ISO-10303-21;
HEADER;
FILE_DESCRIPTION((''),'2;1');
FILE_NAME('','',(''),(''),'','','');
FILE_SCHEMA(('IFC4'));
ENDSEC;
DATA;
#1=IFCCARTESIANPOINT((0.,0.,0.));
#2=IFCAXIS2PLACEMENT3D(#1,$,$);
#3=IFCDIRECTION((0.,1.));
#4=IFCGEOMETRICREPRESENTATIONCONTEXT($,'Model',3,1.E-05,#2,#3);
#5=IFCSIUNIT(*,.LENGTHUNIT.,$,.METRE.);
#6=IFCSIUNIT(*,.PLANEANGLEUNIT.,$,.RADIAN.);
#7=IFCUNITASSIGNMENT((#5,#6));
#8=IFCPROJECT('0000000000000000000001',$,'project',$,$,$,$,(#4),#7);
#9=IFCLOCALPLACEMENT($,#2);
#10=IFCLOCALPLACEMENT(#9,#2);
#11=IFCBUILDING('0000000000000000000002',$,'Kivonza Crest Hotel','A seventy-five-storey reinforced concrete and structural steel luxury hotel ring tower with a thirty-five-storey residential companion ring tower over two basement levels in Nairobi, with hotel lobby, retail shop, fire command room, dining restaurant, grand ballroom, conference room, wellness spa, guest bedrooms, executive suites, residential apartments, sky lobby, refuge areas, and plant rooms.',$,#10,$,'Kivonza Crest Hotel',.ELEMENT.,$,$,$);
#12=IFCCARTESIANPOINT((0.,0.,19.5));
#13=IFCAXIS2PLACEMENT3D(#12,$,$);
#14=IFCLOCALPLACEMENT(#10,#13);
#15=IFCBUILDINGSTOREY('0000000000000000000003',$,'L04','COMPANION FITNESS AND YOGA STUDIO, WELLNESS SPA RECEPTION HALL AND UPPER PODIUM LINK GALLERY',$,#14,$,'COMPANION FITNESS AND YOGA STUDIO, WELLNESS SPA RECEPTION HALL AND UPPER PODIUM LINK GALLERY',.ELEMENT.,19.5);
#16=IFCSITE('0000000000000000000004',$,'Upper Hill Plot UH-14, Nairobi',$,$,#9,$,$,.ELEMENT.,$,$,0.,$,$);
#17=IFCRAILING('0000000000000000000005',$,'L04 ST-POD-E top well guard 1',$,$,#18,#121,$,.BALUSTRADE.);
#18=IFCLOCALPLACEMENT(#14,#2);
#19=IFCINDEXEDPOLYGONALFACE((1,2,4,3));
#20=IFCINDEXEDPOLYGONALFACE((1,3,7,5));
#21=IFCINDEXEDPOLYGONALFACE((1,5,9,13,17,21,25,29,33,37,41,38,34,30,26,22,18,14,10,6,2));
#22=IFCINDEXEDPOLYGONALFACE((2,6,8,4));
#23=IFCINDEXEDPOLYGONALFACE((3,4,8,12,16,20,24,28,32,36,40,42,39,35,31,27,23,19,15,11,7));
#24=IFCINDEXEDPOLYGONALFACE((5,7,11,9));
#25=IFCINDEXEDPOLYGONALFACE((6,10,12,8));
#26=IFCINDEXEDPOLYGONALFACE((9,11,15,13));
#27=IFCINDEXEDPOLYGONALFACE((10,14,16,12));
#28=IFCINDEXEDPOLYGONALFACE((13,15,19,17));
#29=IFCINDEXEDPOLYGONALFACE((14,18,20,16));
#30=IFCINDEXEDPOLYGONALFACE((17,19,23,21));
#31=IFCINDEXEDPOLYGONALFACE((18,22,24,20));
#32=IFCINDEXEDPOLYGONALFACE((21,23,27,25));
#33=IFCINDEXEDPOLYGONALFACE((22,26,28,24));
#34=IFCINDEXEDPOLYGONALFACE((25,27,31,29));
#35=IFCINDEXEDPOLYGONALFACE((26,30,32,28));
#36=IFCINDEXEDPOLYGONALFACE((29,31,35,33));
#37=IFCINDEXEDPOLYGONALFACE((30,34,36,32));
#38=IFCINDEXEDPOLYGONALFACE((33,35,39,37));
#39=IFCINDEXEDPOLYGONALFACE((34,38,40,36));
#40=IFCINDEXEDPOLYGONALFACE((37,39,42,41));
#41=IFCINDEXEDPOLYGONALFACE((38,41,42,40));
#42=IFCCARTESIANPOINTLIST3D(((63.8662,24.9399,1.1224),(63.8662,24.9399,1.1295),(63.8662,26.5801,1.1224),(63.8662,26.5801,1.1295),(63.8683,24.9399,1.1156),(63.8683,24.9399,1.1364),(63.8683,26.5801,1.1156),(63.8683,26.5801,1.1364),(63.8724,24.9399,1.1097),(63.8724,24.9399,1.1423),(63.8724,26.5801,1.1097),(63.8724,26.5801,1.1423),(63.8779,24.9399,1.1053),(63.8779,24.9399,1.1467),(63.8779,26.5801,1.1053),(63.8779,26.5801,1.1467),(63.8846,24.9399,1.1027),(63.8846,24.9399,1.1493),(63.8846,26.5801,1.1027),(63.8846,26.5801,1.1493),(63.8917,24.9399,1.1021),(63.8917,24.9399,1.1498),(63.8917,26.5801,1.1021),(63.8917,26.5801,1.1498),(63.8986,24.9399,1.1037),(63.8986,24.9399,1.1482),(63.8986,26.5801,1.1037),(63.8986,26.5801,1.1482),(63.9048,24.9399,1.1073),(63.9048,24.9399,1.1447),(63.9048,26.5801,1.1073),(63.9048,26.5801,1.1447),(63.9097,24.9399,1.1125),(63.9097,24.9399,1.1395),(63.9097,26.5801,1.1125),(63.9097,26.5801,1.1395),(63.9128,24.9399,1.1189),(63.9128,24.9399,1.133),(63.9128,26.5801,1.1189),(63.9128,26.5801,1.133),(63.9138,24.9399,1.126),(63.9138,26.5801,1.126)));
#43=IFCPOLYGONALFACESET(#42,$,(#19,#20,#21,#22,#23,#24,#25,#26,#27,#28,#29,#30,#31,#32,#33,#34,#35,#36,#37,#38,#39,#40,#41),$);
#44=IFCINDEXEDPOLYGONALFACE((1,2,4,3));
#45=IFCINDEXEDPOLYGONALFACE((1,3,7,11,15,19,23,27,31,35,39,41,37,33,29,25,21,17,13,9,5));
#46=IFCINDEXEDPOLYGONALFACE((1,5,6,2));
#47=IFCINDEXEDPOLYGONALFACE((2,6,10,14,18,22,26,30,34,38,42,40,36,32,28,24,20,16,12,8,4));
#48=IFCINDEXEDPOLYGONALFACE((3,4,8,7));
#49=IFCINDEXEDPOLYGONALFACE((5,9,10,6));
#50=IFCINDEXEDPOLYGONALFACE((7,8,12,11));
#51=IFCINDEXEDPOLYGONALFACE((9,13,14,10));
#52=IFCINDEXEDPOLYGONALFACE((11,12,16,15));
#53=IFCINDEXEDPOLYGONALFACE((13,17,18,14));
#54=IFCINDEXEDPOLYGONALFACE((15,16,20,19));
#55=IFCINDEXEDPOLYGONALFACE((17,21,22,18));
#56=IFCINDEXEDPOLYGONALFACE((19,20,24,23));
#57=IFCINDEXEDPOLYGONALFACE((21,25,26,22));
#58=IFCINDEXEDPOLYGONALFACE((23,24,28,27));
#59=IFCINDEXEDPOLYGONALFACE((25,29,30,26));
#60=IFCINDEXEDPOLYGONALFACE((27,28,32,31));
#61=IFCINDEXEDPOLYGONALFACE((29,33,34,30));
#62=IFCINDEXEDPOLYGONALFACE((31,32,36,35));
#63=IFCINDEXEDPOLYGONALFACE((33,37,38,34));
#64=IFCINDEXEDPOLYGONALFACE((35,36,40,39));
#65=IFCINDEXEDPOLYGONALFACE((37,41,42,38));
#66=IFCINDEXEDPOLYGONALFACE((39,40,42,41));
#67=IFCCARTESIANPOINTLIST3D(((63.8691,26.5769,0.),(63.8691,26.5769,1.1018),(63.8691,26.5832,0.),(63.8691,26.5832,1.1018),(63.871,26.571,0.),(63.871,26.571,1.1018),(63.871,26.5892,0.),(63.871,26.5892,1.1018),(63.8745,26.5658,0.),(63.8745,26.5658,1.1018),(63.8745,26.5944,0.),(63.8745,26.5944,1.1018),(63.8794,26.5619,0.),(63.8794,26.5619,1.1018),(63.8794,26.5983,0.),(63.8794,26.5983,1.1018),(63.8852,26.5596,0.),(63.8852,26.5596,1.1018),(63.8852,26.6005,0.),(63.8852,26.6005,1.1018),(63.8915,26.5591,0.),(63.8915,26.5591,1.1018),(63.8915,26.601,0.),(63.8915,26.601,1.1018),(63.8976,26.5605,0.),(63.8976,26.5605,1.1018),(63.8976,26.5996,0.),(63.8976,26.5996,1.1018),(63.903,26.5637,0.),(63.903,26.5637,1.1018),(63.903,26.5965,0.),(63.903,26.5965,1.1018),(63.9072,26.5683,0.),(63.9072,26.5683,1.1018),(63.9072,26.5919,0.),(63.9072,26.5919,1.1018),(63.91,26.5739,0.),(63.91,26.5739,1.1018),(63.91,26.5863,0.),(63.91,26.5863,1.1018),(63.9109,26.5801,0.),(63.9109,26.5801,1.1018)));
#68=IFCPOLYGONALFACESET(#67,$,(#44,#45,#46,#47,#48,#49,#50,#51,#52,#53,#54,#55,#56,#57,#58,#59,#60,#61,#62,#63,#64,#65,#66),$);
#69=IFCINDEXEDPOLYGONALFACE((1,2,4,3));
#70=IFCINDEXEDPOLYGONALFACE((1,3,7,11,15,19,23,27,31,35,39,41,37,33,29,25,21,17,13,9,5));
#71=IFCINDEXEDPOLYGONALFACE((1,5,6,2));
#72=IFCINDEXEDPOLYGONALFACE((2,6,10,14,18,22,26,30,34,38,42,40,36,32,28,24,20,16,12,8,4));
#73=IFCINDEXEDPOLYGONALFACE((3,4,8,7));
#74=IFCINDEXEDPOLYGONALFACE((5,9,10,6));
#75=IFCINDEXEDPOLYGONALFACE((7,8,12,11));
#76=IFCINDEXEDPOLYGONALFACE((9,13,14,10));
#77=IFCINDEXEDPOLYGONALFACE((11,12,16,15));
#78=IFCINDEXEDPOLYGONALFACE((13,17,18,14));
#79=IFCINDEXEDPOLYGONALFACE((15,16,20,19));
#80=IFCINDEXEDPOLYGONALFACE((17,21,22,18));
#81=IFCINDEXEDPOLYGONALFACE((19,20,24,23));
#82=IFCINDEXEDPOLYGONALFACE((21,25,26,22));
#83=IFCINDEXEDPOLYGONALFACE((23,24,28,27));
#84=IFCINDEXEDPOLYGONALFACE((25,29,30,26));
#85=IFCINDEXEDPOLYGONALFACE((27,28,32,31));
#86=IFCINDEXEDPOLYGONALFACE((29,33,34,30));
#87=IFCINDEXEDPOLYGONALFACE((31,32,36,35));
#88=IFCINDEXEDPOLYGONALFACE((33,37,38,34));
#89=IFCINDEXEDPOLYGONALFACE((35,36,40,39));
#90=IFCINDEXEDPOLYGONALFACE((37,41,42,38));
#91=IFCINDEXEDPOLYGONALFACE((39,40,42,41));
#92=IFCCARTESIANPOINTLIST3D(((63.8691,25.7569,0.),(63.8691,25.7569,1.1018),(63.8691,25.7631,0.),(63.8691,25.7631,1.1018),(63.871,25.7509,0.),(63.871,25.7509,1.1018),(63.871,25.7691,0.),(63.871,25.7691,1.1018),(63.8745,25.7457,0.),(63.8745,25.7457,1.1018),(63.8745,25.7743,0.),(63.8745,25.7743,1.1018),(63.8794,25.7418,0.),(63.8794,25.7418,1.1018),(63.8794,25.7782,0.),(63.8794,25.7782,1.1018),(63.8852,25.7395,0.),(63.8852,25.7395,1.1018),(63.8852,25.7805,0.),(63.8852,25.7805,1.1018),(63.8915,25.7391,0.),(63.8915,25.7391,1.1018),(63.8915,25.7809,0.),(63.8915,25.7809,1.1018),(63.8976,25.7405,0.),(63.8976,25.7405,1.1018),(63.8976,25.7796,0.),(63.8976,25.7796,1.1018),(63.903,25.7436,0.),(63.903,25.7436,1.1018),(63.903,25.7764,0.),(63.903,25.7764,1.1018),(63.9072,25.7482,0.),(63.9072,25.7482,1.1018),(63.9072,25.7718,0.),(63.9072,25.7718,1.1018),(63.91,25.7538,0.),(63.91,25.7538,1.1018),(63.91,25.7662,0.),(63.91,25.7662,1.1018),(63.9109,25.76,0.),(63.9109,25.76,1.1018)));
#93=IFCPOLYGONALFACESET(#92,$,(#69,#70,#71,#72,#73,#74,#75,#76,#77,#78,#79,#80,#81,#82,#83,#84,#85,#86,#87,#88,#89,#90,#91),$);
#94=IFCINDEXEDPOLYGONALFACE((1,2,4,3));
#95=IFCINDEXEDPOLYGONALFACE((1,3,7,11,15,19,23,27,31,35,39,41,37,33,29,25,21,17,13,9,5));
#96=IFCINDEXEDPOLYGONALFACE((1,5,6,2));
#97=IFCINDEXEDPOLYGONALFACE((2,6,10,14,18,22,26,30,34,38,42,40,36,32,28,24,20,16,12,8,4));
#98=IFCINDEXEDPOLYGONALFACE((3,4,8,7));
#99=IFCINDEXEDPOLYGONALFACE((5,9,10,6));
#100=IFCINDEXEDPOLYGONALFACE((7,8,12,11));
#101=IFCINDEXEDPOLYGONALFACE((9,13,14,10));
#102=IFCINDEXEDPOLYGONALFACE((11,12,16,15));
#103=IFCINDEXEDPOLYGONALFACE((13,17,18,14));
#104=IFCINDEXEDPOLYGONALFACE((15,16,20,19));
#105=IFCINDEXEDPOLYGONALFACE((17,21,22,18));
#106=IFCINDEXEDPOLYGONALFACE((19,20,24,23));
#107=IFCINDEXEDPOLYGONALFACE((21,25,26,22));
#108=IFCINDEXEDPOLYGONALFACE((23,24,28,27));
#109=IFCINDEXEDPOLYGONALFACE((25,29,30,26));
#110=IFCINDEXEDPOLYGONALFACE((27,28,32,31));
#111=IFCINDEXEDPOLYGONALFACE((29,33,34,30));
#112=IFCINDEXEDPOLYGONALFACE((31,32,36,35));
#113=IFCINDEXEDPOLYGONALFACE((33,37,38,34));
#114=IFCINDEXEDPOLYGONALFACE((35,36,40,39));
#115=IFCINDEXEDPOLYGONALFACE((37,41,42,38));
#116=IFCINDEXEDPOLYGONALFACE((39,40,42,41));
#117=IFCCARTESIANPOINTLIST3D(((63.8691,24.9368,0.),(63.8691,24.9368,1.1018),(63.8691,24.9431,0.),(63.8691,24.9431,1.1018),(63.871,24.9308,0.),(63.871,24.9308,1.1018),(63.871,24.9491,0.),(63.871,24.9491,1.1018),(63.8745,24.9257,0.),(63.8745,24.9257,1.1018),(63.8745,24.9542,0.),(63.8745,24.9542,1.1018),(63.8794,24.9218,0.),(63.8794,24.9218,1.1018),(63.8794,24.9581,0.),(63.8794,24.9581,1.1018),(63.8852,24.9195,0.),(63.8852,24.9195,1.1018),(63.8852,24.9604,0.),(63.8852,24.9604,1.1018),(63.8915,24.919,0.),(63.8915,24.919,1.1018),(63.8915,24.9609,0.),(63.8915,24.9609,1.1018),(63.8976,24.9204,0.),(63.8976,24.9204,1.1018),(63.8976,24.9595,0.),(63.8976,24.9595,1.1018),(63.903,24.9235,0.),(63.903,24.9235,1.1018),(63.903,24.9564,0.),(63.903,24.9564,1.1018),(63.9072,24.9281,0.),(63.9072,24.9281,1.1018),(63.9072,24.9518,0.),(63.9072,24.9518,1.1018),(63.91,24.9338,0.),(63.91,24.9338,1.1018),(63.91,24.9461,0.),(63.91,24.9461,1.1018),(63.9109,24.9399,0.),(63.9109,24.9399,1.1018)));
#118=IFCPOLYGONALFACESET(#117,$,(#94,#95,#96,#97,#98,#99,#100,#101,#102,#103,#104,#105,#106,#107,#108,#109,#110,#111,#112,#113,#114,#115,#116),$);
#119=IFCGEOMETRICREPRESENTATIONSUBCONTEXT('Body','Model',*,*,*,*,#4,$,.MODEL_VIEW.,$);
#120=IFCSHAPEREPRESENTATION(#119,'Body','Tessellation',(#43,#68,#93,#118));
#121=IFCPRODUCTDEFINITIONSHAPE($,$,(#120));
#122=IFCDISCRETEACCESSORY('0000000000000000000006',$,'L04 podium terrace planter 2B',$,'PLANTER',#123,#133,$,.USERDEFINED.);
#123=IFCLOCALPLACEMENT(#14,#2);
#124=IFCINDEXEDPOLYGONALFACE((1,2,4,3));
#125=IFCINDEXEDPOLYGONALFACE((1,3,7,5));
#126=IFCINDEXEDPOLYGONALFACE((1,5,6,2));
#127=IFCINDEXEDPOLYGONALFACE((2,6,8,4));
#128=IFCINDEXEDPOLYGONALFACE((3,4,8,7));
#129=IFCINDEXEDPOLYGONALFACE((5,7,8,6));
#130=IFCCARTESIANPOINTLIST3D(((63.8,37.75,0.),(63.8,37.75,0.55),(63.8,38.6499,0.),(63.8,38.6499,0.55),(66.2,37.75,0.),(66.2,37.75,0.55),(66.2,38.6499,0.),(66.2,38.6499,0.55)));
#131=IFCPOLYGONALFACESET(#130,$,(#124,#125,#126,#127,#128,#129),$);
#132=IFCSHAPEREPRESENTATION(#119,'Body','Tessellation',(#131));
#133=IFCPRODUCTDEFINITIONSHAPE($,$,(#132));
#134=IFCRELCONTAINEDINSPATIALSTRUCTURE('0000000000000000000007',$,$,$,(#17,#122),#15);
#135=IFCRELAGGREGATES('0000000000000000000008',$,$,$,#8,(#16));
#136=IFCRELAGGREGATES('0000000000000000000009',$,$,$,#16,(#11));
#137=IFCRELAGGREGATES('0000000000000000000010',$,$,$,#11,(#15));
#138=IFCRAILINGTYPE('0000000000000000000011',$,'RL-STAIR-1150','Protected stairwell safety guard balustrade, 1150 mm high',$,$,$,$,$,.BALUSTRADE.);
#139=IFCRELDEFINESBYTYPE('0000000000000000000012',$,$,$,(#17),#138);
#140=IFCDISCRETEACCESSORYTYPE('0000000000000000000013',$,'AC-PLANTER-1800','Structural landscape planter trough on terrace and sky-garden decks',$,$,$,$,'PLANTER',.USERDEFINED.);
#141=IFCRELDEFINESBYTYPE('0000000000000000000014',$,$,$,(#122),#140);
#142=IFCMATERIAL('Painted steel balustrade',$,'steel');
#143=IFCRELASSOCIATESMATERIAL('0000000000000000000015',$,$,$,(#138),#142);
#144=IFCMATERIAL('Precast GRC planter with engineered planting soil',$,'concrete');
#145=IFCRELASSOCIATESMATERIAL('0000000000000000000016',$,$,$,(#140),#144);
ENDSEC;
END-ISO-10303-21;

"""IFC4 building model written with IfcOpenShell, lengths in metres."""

from ifc_helpers import new_model, si_unit, direction, frame, origin, origin_2d, place, context, subcontext, project, spatial, rectangle, circle, extrude, material, type_object, element, save


model = new_model("IFC4")

# Units and contexts
model_context = context("Model", 3, precision=1e-05, world=origin(), true_north=direction((0.0, 1.0)))
body_context = subcontext(model_context, "Body", "Model", "MODEL_VIEW")
ifc_project = project(units=[si_unit("LENGTHUNIT", "METRE"), si_unit("PLANEANGLEUNIT", "RADIAN")], contexts=[model_context])

# Site, building, storey
site_placement = place(None, origin())
site = spatial("IfcSite", under=ifc_project, at=site_placement, Name="Upper Hill Plot UH-14, Nairobi", CompositionType="ELEMENT", RefElevation=0.0)
building_placement = place(site_placement, origin())
building = spatial("IfcBuilding", under=site, at=building_placement, Name="Kivonza Crest Hotel", Description="A seventy-five-storey reinforced concrete and structural steel luxury hotel ring tower with a thirty-five-storey residential companion ring tower over two basement levels in Nairobi, with hotel lobby, retail shop, fire command room, dining restaurant, grand ballroom, conference room, wellness spa, guest bedrooms, executive suites, residential apartments, sky lobby, refuge areas, and plant rooms.", LongName="Kivonza Crest Hotel", CompositionType="ELEMENT")
storey_placement = place(building_placement, frame((0.0, 0.0, 19.5)))
storey = spatial("IfcBuildingStorey", under=building, at=storey_placement, Name="L04", Description="COMPANION FITNESS AND YOGA STUDIO, WELLNESS SPA RECEPTION HALL AND UPPER PODIUM LINK GALLERY", LongName="COMPANION FITNESS AND YOGA STUDIO, WELLNESS SPA RECEPTION HALL AND UPPER PODIUM LINK GALLERY", CompositionType="ELEMENT", Elevation=19.5)

# Railing
ifc_material_1 = material(Name="Painted steel balustrade", Category="steel")
railing_type_1 = type_object("IfcRailingType", Name="RL-STAIR-1150", Description="Protected stairwell safety guard balustrade, 1150 mm high", PredefinedType="BALUSTRADE", material=ifc_material_1)
railing_1_placement = place(storey_placement, frame((63.8899, 26.5801, 0.0)))
element("IfcRailing", 1, at=railing_1_placement, inside=storey, type_object=railing_type_1, Name="L04 ST-POD-E top well guard 1", PredefinedType="BALUSTRADE", context=body_context, shape_type="SweptSolid", body=[
    extrude(circle(Radius=0.0239, at=origin_2d()), frame((0.0, 0.0, 1.126), z_axis=(0.0, -1.0, 0.0), x_axis=(1.0, 0.0, 0.0)), (0.0, 0.0, 1.0), 1.6401),
    extrude(circle(Radius=0.021, at=origin_2d()), origin(), (0.0, 0.0, 1.0), 1.1018),
    extrude(circle(Radius=0.021, at=origin_2d()), frame((0.0, -0.8201, 0.0)), (0.0, 0.0, 1.0), 1.1018),
    extrude(circle(Radius=0.021, at=origin_2d()), frame((0.0, -1.6401, 0.0)), (0.0, 0.0, 1.0), 1.1018),
])

# Discrete accessory
ifc_material_2 = material(Name="Precast GRC planter with engineered planting soil", Category="concrete")
discrete_accessory_type = type_object("IfcDiscreteAccessoryType", Name="AC-PLANTER-1800", Description="Structural landscape planter trough on terrace and sky-garden decks", ElementType="PLANTER", PredefinedType="USERDEFINED", material=ifc_material_2)
discrete_accessory_placement = place(storey_placement, frame((65.0, 38.2, 0.0), z_axis=(0.0, 0.0, 1.0), x_axis=(1.0, 0.0, 0.0)))
element("IfcDiscreteAccessory", 2, at=discrete_accessory_placement, inside=storey, type_object=discrete_accessory_type, Name="L04 podium terrace planter 2B", ObjectType="PLANTER", PredefinedType="USERDEFINED", context=body_context, shape_type="SweptSolid", body=[
    extrude(rectangle(XDim=2.3999, YDim=0.8999, at=origin_2d()), origin(), (0.0, 0.0, 1.0), 0.55),
])

save(model, "model.ifc")
